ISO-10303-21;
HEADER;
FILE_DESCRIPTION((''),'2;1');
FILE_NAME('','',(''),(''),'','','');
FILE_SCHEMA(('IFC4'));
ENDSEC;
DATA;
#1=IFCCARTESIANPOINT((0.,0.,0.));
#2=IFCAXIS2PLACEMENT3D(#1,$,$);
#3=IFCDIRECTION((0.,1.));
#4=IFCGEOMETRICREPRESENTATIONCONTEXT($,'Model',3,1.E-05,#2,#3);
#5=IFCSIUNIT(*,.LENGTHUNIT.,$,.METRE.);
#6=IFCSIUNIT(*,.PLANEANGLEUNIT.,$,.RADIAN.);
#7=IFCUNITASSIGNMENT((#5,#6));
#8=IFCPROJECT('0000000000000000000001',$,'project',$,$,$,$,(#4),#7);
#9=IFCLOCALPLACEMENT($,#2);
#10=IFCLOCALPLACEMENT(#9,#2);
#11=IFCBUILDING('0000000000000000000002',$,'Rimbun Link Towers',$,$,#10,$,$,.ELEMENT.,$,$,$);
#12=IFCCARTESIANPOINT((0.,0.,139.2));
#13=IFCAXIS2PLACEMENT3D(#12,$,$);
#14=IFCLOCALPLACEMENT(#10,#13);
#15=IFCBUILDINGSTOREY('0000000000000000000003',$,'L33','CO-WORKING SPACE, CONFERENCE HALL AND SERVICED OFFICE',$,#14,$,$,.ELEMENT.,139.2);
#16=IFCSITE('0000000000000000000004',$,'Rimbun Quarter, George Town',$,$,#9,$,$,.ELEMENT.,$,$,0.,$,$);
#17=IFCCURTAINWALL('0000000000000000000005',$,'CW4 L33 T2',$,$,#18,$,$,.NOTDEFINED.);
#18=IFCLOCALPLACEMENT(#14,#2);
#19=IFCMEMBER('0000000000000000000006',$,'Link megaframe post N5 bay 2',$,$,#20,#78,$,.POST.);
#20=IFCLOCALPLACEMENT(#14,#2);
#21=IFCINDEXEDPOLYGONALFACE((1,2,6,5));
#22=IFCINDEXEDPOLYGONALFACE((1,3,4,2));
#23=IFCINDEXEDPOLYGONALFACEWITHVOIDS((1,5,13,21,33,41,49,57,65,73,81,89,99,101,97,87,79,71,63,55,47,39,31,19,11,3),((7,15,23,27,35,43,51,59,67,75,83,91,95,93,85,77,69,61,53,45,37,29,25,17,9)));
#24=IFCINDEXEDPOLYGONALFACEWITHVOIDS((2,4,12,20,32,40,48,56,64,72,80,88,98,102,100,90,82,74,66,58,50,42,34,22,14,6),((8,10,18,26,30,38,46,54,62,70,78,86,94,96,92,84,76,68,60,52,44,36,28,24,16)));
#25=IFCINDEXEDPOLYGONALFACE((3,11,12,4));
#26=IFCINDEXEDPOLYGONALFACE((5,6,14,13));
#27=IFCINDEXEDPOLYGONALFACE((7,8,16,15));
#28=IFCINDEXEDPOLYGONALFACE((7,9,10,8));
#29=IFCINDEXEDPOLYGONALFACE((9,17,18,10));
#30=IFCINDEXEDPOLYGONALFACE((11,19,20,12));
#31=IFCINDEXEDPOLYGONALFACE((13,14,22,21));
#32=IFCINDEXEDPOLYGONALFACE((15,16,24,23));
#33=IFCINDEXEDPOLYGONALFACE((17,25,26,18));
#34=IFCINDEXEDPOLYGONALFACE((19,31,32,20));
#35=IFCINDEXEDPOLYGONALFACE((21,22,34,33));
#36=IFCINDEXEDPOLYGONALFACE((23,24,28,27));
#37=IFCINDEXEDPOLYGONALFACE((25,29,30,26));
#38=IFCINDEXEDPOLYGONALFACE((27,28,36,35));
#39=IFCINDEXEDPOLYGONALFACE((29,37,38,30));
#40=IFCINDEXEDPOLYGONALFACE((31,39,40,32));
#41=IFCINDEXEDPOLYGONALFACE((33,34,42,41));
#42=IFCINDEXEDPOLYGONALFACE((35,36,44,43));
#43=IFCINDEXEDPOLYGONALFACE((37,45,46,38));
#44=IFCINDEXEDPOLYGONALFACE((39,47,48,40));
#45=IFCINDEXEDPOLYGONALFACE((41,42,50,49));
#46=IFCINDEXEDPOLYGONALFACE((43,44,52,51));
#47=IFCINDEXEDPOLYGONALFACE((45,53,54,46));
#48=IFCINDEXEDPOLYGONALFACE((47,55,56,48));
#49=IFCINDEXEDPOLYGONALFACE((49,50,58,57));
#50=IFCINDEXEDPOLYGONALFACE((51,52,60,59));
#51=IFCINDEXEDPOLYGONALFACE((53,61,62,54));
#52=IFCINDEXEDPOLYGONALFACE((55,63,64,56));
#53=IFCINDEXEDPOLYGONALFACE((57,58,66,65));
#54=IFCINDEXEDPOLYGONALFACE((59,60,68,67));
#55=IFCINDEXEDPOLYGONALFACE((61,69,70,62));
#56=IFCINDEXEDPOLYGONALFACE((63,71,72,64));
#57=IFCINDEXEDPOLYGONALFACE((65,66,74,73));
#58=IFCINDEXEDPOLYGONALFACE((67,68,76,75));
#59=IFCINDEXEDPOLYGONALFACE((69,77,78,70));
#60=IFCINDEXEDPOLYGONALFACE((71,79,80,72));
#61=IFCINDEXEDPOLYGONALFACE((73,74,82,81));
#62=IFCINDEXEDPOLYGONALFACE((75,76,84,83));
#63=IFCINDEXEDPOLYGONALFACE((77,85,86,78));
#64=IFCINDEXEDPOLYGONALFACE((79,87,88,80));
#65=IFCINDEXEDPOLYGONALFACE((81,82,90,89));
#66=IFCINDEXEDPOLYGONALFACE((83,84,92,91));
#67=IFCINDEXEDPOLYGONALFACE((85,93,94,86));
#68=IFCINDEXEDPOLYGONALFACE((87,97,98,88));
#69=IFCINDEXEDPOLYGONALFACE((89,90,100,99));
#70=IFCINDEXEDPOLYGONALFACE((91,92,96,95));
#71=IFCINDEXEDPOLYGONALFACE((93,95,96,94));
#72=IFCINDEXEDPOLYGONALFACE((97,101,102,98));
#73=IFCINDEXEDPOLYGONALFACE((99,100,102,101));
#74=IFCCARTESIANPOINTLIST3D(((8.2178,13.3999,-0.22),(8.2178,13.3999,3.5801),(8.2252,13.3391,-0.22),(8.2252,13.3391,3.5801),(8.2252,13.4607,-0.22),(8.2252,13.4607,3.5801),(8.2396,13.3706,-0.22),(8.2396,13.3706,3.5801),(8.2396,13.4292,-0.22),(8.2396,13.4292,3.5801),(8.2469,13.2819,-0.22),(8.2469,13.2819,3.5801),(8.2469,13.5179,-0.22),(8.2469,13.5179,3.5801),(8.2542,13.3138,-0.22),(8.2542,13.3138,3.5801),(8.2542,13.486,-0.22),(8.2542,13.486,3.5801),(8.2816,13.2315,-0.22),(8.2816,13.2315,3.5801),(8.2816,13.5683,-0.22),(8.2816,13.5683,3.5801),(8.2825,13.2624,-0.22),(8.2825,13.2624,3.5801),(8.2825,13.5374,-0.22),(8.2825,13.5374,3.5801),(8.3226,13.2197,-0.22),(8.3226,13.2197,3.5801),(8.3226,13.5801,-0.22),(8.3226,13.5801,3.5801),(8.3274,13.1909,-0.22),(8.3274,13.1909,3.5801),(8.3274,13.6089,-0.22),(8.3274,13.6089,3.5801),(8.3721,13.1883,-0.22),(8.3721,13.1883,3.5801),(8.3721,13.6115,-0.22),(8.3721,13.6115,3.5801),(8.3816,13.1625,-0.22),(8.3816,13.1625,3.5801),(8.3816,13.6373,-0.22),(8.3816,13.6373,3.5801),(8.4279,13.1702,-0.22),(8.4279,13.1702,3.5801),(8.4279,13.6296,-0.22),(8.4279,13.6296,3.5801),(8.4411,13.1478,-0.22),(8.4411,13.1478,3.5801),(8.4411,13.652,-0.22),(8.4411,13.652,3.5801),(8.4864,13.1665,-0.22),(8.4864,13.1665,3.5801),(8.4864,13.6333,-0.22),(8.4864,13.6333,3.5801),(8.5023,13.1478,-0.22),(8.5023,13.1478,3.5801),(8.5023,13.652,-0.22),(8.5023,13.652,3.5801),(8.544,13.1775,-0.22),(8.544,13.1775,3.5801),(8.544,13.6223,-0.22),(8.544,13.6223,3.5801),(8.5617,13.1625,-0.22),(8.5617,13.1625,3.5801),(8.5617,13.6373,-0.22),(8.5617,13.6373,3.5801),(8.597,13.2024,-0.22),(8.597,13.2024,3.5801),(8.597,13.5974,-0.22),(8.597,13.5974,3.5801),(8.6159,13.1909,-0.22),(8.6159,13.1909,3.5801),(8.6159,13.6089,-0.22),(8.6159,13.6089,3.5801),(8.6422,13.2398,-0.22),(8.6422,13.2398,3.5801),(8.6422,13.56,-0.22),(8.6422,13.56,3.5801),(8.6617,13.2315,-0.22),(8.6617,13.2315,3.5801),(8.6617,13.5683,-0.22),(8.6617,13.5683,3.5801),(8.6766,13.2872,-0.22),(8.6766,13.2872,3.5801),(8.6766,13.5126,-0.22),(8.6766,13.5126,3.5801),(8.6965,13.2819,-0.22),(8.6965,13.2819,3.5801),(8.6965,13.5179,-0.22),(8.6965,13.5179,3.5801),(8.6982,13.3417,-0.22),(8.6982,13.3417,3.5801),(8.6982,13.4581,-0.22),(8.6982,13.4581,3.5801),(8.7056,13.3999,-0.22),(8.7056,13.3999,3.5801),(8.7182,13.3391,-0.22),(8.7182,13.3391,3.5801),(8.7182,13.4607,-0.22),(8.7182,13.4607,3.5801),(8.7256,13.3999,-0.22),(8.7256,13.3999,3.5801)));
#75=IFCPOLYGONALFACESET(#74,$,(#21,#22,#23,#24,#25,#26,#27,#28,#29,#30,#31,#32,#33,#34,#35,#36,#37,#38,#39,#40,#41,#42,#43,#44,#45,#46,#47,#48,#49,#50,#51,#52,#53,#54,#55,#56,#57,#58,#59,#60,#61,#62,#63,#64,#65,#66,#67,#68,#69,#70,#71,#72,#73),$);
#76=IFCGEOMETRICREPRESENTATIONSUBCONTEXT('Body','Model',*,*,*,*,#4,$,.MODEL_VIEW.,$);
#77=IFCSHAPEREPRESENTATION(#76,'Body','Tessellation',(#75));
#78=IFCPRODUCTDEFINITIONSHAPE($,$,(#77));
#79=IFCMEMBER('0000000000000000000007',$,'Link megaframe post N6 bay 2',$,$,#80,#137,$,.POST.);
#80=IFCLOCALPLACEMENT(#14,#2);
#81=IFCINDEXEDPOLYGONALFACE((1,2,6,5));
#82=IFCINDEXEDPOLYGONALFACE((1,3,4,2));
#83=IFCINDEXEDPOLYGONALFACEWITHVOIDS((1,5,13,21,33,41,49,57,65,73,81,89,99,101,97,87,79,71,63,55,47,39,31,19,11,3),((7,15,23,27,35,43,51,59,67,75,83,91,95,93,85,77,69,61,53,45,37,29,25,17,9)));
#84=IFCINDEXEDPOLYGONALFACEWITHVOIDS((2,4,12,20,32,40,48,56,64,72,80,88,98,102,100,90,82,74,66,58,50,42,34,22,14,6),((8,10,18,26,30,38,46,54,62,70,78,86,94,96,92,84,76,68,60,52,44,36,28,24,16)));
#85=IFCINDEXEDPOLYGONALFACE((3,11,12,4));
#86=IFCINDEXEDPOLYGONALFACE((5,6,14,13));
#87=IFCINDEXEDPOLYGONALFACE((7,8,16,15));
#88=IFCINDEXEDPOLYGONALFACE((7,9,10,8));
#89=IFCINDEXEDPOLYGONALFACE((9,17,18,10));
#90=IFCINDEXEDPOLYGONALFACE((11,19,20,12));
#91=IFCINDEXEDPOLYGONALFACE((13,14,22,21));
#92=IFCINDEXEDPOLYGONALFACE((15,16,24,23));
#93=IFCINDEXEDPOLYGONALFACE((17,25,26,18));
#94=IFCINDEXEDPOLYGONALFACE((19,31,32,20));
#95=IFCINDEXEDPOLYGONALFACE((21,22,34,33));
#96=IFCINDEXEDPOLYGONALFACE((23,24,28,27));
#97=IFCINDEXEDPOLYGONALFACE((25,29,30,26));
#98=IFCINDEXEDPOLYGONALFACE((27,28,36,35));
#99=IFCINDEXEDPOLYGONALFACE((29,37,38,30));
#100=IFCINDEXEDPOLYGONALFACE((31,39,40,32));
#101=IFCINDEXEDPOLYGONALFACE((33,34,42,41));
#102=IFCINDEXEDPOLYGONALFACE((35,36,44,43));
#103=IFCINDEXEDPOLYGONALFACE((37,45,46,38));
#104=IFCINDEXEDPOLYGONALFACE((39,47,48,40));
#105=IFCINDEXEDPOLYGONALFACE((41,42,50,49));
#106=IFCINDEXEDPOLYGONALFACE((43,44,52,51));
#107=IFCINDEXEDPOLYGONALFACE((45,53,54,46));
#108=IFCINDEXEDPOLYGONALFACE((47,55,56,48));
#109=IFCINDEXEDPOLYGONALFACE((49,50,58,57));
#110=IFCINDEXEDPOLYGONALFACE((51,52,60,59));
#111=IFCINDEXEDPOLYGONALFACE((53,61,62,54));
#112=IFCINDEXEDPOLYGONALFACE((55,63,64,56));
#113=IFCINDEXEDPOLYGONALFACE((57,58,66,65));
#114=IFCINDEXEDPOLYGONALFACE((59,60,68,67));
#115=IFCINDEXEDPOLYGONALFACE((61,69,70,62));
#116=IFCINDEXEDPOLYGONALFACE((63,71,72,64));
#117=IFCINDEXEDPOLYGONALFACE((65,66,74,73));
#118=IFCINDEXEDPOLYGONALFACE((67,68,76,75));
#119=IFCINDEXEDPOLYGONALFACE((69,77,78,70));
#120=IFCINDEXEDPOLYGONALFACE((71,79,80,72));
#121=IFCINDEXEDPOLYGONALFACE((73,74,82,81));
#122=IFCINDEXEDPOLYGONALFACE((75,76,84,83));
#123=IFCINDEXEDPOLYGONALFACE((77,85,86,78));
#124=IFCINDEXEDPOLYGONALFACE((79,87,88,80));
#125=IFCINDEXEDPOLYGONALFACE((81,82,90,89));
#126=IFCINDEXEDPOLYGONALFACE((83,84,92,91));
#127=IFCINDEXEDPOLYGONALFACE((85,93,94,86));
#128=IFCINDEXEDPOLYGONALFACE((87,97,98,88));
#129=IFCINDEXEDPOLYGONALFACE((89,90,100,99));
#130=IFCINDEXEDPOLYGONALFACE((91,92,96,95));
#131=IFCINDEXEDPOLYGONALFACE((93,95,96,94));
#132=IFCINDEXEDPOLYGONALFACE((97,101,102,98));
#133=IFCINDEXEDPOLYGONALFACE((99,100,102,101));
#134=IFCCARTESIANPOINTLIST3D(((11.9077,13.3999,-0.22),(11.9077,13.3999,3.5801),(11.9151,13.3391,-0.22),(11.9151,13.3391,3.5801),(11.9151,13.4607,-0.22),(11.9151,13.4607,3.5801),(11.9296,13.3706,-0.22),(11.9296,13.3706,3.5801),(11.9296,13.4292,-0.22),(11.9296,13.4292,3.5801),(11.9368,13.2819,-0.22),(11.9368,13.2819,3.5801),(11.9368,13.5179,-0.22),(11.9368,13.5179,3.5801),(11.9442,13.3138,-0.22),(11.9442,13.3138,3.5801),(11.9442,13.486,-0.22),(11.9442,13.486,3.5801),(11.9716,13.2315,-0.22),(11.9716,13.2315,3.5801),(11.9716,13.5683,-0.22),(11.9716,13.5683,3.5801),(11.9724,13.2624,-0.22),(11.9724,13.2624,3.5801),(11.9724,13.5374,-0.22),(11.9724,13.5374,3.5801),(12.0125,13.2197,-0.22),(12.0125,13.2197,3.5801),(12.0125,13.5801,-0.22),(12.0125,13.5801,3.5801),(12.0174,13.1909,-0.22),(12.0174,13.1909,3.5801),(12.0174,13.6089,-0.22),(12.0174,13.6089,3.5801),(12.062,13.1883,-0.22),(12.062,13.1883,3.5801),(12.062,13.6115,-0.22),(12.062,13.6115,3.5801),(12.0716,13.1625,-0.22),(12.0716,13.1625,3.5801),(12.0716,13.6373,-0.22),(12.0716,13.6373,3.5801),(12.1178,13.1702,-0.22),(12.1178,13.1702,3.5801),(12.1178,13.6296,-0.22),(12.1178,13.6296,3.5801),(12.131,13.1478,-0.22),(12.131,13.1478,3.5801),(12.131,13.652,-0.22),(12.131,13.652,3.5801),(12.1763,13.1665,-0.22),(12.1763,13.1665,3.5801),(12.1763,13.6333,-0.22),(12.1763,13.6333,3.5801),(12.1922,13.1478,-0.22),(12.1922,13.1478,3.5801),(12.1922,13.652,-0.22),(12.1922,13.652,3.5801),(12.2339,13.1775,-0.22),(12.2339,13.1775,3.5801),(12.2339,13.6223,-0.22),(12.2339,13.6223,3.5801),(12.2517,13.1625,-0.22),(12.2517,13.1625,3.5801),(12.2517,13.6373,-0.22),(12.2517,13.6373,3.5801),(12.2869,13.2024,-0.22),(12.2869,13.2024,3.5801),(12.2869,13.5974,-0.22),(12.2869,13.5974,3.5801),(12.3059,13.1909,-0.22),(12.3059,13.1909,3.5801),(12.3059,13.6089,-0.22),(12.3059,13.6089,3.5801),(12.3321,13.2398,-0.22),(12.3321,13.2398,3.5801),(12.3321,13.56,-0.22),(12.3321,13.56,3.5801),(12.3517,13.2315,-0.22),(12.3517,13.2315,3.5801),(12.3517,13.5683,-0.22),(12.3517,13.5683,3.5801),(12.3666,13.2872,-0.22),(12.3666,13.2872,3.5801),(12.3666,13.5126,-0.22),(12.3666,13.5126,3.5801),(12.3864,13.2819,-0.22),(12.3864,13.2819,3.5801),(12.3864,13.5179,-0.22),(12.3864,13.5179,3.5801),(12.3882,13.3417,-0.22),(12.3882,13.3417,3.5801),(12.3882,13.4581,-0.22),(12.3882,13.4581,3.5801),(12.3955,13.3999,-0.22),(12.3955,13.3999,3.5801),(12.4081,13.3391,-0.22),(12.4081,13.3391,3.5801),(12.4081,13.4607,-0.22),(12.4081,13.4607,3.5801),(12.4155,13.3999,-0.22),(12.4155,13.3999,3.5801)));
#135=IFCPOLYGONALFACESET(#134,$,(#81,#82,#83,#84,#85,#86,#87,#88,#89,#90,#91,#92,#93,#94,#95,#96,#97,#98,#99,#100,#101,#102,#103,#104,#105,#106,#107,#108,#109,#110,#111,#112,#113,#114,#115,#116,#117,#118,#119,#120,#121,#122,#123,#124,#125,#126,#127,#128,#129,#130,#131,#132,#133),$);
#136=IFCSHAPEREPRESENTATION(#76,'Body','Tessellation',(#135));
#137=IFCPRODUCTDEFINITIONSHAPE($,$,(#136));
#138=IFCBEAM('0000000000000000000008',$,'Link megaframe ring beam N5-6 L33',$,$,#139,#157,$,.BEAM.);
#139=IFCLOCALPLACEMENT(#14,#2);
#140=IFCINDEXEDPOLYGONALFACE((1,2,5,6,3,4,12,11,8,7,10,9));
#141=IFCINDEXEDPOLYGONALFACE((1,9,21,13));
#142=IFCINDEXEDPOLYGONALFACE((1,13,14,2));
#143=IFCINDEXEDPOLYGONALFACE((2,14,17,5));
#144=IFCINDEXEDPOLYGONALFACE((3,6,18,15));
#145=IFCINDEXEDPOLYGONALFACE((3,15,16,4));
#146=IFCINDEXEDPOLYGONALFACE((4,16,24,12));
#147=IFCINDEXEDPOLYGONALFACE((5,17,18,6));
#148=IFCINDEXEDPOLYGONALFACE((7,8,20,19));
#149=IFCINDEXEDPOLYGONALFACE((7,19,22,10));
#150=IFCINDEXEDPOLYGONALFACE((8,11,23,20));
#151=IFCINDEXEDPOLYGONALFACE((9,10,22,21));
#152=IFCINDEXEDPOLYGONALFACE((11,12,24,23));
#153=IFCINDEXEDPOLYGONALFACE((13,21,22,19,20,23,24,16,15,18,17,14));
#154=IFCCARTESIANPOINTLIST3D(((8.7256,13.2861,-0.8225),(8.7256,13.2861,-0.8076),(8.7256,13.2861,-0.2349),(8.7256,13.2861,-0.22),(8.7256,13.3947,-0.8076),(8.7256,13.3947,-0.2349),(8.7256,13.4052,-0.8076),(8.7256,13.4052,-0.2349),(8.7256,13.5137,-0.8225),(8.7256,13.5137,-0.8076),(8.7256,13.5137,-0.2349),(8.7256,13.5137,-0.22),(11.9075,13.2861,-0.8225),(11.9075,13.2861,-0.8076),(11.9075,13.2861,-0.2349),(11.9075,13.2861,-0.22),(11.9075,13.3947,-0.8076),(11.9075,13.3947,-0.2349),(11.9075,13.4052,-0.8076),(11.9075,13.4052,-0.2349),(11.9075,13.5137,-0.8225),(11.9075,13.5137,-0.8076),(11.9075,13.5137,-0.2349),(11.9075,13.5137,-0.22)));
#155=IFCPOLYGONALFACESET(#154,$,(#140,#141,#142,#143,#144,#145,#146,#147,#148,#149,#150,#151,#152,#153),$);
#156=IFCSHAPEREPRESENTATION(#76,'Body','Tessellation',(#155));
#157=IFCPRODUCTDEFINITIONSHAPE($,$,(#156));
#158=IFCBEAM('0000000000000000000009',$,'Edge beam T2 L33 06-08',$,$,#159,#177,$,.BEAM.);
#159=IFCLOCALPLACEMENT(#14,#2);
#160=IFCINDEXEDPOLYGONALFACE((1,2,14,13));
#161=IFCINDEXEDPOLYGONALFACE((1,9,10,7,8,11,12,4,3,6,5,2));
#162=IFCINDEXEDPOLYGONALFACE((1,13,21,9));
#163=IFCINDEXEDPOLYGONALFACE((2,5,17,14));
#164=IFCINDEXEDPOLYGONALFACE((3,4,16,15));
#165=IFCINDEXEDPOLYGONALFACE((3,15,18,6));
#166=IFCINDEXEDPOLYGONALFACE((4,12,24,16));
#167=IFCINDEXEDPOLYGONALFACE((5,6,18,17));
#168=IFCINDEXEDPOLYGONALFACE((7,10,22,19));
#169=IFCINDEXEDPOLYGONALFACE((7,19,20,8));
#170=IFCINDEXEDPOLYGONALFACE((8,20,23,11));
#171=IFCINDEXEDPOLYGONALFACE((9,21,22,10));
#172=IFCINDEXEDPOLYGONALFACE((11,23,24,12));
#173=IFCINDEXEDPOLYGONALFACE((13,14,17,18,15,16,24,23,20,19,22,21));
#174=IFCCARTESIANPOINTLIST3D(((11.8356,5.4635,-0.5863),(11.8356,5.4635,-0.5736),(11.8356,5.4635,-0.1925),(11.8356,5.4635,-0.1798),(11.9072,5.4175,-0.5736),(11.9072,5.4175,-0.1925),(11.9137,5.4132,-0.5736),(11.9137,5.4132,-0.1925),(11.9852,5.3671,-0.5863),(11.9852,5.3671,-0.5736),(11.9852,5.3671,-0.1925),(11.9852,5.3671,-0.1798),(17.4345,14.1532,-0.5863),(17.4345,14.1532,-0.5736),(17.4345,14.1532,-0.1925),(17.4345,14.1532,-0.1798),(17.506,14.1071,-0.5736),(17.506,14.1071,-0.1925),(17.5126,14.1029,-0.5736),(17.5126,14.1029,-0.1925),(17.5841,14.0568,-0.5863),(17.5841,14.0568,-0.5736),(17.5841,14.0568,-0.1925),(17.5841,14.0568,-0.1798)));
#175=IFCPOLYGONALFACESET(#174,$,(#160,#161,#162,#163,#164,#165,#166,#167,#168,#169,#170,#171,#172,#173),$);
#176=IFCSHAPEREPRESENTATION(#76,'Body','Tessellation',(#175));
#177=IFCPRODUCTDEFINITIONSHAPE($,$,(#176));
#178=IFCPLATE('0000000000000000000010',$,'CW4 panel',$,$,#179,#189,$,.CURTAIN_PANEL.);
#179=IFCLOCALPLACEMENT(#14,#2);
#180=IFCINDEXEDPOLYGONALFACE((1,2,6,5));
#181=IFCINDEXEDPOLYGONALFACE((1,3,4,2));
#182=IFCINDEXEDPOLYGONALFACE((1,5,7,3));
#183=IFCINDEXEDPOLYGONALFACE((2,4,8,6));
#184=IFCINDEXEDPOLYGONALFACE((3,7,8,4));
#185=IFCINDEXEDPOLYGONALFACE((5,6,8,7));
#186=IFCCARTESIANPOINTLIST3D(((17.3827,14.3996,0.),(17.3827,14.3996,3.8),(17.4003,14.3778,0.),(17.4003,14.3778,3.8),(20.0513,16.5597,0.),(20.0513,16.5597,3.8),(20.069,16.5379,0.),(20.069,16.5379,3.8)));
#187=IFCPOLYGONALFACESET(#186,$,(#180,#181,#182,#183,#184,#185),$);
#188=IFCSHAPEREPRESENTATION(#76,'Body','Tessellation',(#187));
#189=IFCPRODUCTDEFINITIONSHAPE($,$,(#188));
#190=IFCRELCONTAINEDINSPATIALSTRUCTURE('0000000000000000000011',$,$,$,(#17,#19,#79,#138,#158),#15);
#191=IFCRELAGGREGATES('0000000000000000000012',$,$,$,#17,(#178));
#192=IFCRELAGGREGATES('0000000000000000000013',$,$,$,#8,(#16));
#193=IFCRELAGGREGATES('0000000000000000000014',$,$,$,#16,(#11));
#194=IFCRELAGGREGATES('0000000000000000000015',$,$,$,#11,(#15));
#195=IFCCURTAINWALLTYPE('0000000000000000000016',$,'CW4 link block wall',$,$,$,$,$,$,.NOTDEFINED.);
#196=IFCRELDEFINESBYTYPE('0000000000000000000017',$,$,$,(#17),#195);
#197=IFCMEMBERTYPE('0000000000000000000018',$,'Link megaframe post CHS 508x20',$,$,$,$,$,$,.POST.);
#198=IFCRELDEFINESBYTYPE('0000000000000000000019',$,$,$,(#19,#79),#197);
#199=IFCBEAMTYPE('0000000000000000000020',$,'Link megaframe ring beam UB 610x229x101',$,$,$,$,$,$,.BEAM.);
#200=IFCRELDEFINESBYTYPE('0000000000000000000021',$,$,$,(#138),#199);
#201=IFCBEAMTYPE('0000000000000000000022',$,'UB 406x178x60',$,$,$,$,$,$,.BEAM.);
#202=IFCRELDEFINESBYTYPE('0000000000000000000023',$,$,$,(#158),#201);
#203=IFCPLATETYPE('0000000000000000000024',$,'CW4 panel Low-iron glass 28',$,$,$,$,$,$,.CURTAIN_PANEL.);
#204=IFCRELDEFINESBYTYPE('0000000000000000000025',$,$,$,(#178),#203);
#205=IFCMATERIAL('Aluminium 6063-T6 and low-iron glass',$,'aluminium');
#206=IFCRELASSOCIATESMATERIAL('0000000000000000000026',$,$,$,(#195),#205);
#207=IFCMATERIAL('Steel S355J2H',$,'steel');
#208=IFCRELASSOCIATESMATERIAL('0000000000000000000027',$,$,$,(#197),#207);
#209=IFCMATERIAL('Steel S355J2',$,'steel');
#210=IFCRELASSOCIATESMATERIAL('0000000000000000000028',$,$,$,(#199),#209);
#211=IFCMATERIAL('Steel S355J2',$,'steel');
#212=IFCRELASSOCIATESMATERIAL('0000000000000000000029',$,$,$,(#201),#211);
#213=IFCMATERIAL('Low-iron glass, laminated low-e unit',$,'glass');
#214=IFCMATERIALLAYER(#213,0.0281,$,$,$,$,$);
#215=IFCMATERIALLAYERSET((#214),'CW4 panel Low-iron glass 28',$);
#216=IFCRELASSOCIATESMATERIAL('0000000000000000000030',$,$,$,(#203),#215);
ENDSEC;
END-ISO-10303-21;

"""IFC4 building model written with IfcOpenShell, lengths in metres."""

from ifc_helpers import new_model, si_unit, direction, frame, origin, origin_2d, place, context, subcontext, project, spatial, rectangle, hollow_circle, i_section, extrude, material, layer, layer_set, material_profile, profile_set, type_object, element, aggregate, save


model = new_model("IFC4")

# Units and contexts
model_context = context("Model", 3, precision=1e-05, world=origin(), true_north=direction((0.0, 1.0)))
body_context = subcontext(model_context, "Body", "Model", "MODEL_VIEW")
ifc_project = project(units=[si_unit("LENGTHUNIT", "METRE"), si_unit("PLANEANGLEUNIT", "RADIAN")], contexts=[model_context])

# Site, building, storey
site_placement = place(None, origin())
site = spatial("IfcSite", under=ifc_project, at=site_placement, Name="Rimbun Quarter, George Town", CompositionType="ELEMENT", RefElevation=0.0)
building_placement = place(site_placement, origin())
building = spatial("IfcBuilding", under=site, at=building_placement, Name="Rimbun Link Towers", CompositionType="ELEMENT")
storey_placement = place(building_placement, frame((0.0, 0.0, 139.2)))
storey = spatial("IfcBuildingStorey", under=building, at=storey_placement, Name="L33", Description="CO-WORKING SPACE, CONFERENCE HALL AND SERVICED OFFICE", CompositionType="ELEMENT", Elevation=139.2)

# Curtain wall
ifc_material_1 = material(Name="Aluminium 6063-T6 and low-iron glass", Category="aluminium")
curtain_wall_type = type_object("IfcCurtainWallType", Name="CW4 link block wall", PredefinedType="NOTDEFINED", material=ifc_material_1)
curtain_wall_placement = place(storey_placement, origin())
curtain_wall = element("IfcCurtainWall", 1, at=curtain_wall_placement, inside=storey, type_object=curtain_wall_type, Name="CW4 L33 T2", PredefinedType="NOTDEFINED")

# Members
ifc_material_2 = material(Name="Steel S355J2H", Category="steel")
ifc_material_profile_1 = material_profile(ifc_material_2, hollow_circle(Radius=0.2539, WallThickness=0.02, at=origin_2d()), Name="CHS 508x20")
ifc_profile_set_1 = profile_set([ifc_material_profile_1], Name="Steel S355J2H")
member_type_1 = type_object("IfcMemberType", Name="Link megaframe post CHS 508x20", PredefinedType="POST", material=ifc_profile_set_1)
for number, where, z_axis, x_axis, name in (
    (2, (8.4717, 13.3999, -0.22), (0.0, 0.0, 1.0), (1.0, 0.0, 0.0), "Link megaframe post N5 bay 2"),
    (3, (12.1616, 13.3999, -0.22), (0.0, 0.0, 1.0), (1.0, 0.0, 0.0), "Link megaframe post N6 bay 2"),
):
    element("IfcMember", number, at=place(storey_placement, frame(where, z_axis=z_axis, x_axis=x_axis)), inside=storey, type_object=member_type_1, Name=name, PredefinedType="POST", context=body_context, shape_type="SweptSolid", body=[
        extrude(hollow_circle(Radius=0.2539, WallThickness=0.02, at=origin_2d()), origin(), (0.0, 0.0, 1.0), 3.8),
    ])

# Beams
ifc_material_3 = material(Name="Steel S355J2", Category="steel")
ifc_material_profile_2 = material_profile(ifc_material_3, i_section(OverallWidth=0.2275, OverallDepth=0.6025, WebThickness=0.0105, FlangeThickness=0.0149, at=origin_2d()), Name="UB 610x229x101")
ifc_profile_set_2 = profile_set([ifc_material_profile_2], Name="Steel S355J2")
beam_type_1 = type_object("IfcBeamType", Name="Link megaframe ring beam UB 610x229x101", PredefinedType="BEAM", material=ifc_profile_set_2)
beam_1_placement = place(storey_placement, frame((8.7256, 13.3999, -0.5212), z_axis=(1.0, 0.0, 0.0), x_axis=(0.0, 1.0, 0.0)))
element("IfcBeam", 4, at=beam_1_placement, inside=storey, type_object=beam_type_1, Name="Link megaframe ring beam N5-6 L33", PredefinedType="BEAM", context=body_context, shape_type="SweptSolid", body=[
    extrude(i_section(OverallWidth=0.2275, OverallDepth=0.6025, WebThickness=0.0105, FlangeThickness=0.0149, at=origin_2d()), origin(), (0.0, 0.0, 1.0), 3.1819),
])
ifc_material_4 = material(Name="Steel S355J2", Category="steel")
ifc_material_profile_3 = material_profile(ifc_material_4, i_section(OverallWidth=0.178, OverallDepth=0.4065, WebThickness=0.0078, FlangeThickness=0.0127, at=origin_2d()), Name="UB 406x178x60")
ifc_profile_set_3 = profile_set([ifc_material_profile_3], Name="Steel S355J2")
beam_type_2 = type_object("IfcBeamType", Name="UB 406x178x60", PredefinedType="BEAM", material=ifc_profile_set_3)
beam_2_placement = place(storey_placement, frame((17.5093, 14.105, -0.3831), z_axis=(-0.541623, -0.840622, 0.0), x_axis=(0.840622, -0.541623, 0.0)))
element("IfcBeam", 5, at=beam_2_placement, inside=storey, type_object=beam_type_2, Name="Edge beam T2 L33 06-08", PredefinedType="BEAM", context=body_context, shape_type="SweptSolid", body=[
    extrude(i_section(OverallWidth=0.178, OverallDepth=0.4065, WebThickness=0.0078, FlangeThickness=0.0127, at=origin_2d()), origin(), (0.0, 0.0, 1.0), 10.3372),
])

# Plate
ifc_material_5 = material(Name="Low-iron glass, laminated low-e unit", Category="glass")
ifc_layer_1 = layer(ifc_material_5, 0.0281)
ifc_layer_set_1 = layer_set([ifc_layer_1], Name="CW4 panel Low-iron glass 28")
plate_type = type_object("IfcPlateType", Name="CW4 panel Low-iron glass 28", PredefinedType="CURTAIN_PANEL", material=ifc_layer_set_1)
plate_1_placement = place(storey_placement, frame((18.7258, 15.4688, 0.0), z_axis=(0.0, 0.0, 1.0), x_axis=(0.777277, 0.629159, 0.0)))
plate_1 = element("IfcPlate", 6, at=plate_1_placement, type_object=plate_type, Name="CW4 panel", PredefinedType="CURTAIN_PANEL", context=body_context, shape_type="SweptSolid", body=[
    extrude(rectangle(XDim=3.4333, YDim=0.0281, at=origin_2d()), origin(), (0.0, 0.0, 1.0), 3.8),
])
aggregate(curtain_wall, [plate_1])

save(model, "model.ifc")
